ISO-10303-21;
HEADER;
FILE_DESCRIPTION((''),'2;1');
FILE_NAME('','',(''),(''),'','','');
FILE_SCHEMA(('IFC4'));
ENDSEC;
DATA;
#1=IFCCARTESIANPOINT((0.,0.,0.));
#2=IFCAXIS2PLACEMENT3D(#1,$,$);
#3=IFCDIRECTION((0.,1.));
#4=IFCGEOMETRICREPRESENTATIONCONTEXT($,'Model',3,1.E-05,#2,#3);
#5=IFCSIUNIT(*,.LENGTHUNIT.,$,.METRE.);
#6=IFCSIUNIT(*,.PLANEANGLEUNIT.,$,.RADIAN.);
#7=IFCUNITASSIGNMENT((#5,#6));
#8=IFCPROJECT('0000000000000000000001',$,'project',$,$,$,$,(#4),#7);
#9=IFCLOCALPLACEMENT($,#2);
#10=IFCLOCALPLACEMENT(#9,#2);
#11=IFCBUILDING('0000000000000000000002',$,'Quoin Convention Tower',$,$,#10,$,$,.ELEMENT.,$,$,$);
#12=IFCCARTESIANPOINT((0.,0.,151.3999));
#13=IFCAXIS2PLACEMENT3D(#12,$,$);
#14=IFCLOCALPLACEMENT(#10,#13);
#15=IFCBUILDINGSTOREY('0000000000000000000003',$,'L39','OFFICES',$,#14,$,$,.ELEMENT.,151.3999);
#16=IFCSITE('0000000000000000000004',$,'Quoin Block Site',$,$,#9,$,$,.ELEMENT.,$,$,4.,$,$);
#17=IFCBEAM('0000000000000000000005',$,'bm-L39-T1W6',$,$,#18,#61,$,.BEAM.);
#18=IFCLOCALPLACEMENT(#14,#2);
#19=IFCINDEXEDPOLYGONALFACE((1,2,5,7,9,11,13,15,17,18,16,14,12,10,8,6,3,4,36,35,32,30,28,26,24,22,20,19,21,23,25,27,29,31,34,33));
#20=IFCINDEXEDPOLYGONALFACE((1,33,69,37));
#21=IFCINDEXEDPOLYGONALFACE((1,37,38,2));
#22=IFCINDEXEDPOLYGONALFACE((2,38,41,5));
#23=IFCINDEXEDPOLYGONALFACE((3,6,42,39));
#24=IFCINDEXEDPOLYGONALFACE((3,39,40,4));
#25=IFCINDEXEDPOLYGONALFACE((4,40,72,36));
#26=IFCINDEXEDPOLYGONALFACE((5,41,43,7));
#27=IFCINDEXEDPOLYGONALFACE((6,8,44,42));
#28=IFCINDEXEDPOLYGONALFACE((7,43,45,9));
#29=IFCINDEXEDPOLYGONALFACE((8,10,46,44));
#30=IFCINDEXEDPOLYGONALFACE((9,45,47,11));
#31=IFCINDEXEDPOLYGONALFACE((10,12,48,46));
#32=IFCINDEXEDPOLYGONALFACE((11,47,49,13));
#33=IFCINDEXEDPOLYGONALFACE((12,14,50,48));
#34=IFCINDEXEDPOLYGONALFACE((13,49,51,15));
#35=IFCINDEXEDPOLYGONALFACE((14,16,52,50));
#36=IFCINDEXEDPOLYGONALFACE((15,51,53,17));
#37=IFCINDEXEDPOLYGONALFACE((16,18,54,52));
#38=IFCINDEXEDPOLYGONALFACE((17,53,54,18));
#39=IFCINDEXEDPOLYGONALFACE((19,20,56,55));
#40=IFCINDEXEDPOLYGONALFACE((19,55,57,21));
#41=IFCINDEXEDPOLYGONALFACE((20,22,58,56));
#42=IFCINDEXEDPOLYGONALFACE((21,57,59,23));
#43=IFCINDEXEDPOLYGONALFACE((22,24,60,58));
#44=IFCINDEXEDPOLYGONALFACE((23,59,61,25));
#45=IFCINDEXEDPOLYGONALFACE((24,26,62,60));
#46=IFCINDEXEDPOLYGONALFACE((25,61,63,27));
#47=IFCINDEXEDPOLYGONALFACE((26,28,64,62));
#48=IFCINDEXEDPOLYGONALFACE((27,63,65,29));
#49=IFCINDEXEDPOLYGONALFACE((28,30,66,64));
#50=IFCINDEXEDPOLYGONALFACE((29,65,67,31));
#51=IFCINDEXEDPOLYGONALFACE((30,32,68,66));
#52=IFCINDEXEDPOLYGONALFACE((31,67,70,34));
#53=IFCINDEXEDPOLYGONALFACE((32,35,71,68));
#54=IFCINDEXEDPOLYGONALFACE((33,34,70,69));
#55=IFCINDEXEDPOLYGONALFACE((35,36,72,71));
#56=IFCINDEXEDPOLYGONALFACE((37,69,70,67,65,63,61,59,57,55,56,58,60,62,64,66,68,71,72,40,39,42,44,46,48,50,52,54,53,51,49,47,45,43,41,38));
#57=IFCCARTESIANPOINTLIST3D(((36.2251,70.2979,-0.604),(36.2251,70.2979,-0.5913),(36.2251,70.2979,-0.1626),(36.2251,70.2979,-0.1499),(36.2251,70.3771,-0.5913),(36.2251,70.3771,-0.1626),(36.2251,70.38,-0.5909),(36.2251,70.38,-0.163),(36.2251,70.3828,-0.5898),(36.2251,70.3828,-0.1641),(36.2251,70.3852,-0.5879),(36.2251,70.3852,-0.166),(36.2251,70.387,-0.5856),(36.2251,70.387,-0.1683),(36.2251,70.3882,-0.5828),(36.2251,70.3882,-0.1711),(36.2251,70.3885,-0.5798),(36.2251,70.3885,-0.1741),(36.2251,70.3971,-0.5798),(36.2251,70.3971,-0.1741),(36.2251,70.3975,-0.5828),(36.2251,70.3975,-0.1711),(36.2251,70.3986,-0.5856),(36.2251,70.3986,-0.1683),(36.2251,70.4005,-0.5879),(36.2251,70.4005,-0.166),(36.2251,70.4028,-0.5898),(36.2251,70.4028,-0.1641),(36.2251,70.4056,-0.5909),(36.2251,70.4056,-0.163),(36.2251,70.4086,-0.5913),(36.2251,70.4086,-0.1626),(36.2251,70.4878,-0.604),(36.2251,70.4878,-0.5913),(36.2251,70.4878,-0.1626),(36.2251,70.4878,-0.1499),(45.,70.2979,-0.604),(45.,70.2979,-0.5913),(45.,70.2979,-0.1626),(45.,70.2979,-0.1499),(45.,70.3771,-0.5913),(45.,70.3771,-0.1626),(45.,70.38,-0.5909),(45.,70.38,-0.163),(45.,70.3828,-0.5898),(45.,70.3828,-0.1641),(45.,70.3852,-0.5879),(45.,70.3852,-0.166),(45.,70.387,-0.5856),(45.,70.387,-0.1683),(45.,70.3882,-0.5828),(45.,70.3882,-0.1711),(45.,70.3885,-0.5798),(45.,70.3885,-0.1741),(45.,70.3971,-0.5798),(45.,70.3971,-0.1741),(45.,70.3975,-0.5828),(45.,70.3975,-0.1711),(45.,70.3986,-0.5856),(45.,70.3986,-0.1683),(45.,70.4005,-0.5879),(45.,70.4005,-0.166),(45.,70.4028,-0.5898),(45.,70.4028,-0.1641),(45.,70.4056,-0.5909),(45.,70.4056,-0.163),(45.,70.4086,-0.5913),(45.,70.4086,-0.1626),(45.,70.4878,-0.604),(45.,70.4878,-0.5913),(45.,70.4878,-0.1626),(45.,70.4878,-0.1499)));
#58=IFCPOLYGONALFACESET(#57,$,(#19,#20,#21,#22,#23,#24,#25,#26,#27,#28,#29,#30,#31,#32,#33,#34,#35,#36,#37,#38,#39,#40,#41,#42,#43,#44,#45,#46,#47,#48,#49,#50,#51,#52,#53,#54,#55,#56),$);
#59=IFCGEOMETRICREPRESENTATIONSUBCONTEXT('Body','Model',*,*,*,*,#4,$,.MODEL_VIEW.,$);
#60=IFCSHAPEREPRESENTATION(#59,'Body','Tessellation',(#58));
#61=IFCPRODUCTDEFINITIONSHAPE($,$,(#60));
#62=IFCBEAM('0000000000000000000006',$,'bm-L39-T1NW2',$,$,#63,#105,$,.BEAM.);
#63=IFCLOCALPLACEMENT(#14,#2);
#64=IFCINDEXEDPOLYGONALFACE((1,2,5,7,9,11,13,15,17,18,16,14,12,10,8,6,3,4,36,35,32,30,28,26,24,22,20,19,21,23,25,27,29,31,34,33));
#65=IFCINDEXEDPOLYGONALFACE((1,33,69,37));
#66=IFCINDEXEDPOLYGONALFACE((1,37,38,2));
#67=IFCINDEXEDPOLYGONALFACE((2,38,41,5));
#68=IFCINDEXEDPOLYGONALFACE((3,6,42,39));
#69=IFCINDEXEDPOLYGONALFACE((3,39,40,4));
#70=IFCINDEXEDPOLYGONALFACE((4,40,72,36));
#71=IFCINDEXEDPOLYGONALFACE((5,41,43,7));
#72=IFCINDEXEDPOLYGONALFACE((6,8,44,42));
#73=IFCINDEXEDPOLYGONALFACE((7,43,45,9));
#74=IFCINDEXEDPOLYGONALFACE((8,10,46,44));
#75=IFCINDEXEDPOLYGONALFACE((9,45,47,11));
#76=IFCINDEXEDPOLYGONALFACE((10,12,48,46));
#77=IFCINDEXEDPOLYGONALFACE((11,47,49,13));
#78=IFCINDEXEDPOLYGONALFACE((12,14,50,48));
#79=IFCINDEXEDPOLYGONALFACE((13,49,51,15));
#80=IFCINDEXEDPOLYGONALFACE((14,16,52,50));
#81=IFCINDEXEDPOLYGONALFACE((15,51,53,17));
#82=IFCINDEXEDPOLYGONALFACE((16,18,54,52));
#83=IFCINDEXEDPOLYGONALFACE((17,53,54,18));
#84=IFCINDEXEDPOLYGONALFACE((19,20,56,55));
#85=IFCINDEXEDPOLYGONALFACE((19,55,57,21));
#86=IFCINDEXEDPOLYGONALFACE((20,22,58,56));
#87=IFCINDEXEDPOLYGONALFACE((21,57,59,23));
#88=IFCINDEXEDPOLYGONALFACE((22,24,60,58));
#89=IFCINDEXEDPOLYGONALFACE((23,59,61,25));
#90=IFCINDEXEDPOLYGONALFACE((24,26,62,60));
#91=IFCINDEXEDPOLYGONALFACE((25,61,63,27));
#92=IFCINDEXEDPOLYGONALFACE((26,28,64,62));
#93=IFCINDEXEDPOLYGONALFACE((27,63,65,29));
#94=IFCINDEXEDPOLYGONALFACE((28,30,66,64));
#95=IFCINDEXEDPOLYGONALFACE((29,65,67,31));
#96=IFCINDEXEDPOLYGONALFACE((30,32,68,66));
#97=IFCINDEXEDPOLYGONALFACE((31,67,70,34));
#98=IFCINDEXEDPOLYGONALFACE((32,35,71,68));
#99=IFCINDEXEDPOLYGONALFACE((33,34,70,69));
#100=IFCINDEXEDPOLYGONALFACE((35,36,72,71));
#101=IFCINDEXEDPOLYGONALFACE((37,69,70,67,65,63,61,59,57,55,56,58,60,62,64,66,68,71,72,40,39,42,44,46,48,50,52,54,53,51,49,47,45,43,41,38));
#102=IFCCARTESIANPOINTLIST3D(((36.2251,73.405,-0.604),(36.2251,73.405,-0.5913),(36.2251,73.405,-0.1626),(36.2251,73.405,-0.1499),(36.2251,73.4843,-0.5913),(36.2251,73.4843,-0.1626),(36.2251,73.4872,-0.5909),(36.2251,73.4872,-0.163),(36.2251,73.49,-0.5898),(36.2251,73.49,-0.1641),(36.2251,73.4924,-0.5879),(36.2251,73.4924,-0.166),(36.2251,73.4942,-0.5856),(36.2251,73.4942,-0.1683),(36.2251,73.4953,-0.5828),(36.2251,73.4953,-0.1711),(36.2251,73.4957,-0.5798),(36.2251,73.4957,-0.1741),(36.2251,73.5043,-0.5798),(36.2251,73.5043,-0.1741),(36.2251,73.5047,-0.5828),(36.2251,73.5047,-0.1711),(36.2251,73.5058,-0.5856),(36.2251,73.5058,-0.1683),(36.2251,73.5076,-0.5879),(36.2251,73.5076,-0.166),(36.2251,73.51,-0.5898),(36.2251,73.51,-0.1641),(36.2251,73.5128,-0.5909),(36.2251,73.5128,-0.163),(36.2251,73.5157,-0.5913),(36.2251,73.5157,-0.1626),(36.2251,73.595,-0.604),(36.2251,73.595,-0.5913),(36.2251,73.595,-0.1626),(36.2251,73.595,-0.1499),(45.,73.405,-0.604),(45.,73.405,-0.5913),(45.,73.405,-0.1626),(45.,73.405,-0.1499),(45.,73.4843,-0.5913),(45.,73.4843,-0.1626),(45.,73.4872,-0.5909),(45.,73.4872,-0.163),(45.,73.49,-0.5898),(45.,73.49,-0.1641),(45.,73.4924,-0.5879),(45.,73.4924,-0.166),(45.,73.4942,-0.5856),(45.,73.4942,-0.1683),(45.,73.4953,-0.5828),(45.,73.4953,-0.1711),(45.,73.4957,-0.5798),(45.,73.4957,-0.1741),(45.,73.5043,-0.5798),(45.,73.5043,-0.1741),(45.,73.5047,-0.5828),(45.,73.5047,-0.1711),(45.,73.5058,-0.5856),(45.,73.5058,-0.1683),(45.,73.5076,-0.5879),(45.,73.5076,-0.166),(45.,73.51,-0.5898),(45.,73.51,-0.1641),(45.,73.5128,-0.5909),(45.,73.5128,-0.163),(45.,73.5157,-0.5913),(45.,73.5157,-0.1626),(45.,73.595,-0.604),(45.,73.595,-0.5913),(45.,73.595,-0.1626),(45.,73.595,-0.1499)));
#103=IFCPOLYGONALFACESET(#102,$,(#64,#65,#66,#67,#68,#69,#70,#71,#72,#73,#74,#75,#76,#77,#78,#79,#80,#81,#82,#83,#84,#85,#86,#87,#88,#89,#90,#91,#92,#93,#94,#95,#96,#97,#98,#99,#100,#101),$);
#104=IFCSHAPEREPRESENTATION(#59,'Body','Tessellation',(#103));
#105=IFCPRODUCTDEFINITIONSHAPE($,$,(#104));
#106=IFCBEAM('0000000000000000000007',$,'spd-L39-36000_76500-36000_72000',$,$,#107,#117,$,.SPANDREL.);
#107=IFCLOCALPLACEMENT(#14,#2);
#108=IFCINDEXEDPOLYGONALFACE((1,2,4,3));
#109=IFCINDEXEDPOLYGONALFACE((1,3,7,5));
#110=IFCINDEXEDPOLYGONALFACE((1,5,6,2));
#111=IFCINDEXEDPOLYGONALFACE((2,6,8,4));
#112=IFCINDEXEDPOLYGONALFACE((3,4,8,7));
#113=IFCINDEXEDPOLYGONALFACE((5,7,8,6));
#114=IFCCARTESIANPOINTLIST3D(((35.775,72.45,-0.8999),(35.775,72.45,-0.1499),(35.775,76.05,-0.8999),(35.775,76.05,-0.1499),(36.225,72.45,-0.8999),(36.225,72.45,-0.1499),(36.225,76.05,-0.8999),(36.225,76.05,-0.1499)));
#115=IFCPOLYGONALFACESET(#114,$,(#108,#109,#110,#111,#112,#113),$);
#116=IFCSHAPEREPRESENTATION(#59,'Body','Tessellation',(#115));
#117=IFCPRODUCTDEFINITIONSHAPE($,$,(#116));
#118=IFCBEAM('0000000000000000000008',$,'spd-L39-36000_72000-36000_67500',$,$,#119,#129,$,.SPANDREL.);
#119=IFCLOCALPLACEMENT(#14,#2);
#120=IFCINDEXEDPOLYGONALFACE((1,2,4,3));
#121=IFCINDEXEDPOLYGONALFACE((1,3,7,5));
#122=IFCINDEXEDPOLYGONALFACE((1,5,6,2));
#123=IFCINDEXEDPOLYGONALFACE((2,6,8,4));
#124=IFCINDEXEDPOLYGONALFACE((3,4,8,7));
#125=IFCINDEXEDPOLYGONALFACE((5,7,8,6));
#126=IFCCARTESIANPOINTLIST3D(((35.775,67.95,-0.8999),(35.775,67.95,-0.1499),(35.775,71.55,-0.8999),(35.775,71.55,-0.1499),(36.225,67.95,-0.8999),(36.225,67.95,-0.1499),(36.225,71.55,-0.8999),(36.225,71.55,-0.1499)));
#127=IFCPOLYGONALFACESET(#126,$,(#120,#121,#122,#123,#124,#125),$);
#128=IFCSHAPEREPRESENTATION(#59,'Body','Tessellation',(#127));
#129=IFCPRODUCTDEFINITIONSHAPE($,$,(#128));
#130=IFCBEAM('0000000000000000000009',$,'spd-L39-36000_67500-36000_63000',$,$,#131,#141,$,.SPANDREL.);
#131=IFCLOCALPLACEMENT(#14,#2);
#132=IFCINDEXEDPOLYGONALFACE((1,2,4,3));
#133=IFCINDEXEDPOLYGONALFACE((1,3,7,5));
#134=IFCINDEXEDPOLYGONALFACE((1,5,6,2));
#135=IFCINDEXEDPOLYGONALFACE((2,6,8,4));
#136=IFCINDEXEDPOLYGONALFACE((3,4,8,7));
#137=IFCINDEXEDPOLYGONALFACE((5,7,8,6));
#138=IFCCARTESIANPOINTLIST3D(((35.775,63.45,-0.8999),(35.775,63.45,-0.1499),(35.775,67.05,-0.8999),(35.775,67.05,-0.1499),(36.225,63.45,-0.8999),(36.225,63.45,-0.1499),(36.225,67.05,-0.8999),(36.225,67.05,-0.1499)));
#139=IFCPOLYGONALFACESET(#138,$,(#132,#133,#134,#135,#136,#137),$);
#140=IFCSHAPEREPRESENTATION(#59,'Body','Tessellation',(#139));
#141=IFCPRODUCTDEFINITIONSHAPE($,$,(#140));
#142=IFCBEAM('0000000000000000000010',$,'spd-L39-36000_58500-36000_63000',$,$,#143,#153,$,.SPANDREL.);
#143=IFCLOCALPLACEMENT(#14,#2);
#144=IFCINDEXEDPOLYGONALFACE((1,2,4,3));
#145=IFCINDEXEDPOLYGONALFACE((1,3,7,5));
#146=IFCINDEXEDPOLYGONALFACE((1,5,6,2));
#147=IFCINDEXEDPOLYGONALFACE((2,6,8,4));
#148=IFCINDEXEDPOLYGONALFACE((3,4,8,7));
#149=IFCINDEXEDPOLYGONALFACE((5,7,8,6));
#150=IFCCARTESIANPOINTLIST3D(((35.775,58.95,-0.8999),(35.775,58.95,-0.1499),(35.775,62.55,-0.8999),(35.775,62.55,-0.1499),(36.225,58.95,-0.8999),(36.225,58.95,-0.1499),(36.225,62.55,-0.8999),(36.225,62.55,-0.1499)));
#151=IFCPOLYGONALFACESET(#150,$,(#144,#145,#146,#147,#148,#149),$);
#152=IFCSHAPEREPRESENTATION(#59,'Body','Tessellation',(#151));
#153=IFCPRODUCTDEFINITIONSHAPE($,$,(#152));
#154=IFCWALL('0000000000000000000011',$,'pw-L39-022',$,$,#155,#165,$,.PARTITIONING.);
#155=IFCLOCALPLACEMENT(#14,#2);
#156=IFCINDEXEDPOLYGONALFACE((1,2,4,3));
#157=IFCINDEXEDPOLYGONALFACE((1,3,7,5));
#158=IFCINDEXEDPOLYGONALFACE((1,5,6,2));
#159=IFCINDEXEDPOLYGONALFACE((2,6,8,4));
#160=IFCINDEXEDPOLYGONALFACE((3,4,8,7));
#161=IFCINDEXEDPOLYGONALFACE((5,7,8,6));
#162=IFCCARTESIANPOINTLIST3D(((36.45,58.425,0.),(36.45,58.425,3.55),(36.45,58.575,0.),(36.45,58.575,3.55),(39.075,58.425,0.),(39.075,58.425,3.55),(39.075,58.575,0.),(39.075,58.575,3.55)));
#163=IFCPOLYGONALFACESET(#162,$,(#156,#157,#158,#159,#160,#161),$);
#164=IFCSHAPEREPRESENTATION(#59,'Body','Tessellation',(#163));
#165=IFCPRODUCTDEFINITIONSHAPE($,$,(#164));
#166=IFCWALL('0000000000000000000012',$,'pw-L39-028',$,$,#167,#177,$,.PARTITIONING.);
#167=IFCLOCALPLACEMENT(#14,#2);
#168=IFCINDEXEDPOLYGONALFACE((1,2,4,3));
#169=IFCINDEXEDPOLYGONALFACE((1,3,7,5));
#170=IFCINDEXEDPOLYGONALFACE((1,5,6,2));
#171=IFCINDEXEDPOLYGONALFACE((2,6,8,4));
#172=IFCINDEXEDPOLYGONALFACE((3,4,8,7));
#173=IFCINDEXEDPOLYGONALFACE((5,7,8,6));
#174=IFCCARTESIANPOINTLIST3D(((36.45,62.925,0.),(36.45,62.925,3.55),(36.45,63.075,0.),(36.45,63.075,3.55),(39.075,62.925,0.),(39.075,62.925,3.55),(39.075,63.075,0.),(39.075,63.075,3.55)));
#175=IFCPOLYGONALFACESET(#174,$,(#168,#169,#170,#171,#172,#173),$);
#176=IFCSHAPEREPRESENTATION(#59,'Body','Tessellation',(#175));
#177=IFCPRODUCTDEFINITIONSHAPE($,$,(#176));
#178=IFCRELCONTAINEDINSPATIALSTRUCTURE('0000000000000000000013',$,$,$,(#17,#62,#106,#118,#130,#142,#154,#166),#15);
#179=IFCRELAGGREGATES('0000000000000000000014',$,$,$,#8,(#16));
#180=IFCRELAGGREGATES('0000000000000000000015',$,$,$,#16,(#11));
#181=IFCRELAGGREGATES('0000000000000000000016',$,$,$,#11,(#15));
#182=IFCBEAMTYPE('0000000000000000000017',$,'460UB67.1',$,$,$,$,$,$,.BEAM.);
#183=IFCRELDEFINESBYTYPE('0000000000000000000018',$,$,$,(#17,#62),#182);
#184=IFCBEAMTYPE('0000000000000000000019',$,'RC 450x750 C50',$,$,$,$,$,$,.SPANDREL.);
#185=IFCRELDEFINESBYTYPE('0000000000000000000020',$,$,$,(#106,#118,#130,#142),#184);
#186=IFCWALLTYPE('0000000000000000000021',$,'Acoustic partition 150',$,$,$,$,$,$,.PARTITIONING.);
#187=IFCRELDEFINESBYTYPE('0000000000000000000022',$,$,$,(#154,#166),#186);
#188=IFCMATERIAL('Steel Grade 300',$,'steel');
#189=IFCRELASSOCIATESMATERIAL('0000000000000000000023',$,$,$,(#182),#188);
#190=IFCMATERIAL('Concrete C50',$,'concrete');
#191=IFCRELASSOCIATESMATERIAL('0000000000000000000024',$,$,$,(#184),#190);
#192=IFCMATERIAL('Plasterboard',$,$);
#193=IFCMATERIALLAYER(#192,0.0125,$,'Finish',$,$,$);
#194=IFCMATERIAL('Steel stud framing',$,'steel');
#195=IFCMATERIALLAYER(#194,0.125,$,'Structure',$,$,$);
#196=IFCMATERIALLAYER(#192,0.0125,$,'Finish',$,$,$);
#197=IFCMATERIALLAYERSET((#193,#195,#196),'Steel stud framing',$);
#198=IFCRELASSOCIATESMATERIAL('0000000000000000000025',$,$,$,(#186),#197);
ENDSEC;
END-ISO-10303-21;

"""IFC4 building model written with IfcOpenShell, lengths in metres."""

from ifc_helpers import new_model, si_unit, direction, frame, frame_2d, origin, origin_2d, place, context, subcontext, project, spatial, rectangle, i_section, extrude, material, layer, layer_set, material_profile, profile_set, type_object, element, save


model = new_model("IFC4")

# Units and contexts
model_context = context("Model", 3, precision=1e-05, world=origin(), true_north=direction((0.0, 1.0)))
body_context = subcontext(model_context, "Body", "Model", "MODEL_VIEW")
ifc_project = project(units=[si_unit("LENGTHUNIT", "METRE"), si_unit("PLANEANGLEUNIT", "RADIAN")], contexts=[model_context])

# Site, building, storey
site_placement = place(None, origin())
site = spatial("IfcSite", under=ifc_project, at=site_placement, Name="Quoin Block Site", CompositionType="ELEMENT", RefElevation=4.0)
building_placement = place(site_placement, origin())
building = spatial("IfcBuilding", under=site, at=building_placement, Name="Quoin Convention Tower", CompositionType="ELEMENT")
storey_placement = place(building_placement, frame((0.0, 0.0, 151.3999)))
storey = spatial("IfcBuildingStorey", under=building, at=storey_placement, Name="L39", Description="OFFICES", CompositionType="ELEMENT", Elevation=151.3999)

# Shared definitions
ifc_material_1 = material(Name="Concrete C50", Category="concrete")

# Beams
ifc_material_2 = material(Name="Steel Grade 300", Category="steel")
ifc_material_profile_1 = material_profile(ifc_material_2, i_section(OverallWidth=0.1899, OverallDepth=0.4541, WebThickness=0.0085, FlangeThickness=0.0127, FilletRadius=0.0115, at=origin_2d()), Name="460UB67.1")
ifc_profile_set_1 = profile_set([ifc_material_profile_1], Name="Steel Grade 300")
beam_type_1 = type_object("IfcBeamType", Name="460UB67.1", PredefinedType="BEAM", material=ifc_profile_set_1)
for number, where, z_axis, x_axis, name in (
    (1, (36.2251, 70.3928, -0.377), (1.0, 0.0, 0.0), (0.0, 1.0, 0.0), "bm-L39-T1W6"),
    (2, (36.2251, 73.5, -0.377), (1.0, 0.0, 0.0), (0.0, 1.0, 0.0), "bm-L39-T1NW2"),
):
    element("IfcBeam", number, at=place(storey_placement, frame(where, z_axis=z_axis, x_axis=x_axis)), inside=storey, type_object=beam_type_1, Name=name, PredefinedType="BEAM", context=body_context, shape_type="SweptSolid", body=[
        extrude(i_section(OverallWidth=0.1899, OverallDepth=0.4541, WebThickness=0.0085, FlangeThickness=0.0127, FilletRadius=0.0115, at=origin_2d()), origin(), (0.0, 0.0, 1.0), 8.7749),
    ])
ifc_material_profile_2 = material_profile(ifc_material_1, rectangle(XDim=0.45, YDim=0.75, at=origin_2d()), Name="RC 450x750")
ifc_profile_set_2 = profile_set([ifc_material_profile_2], Name="Concrete C50")
beam_type_2 = type_object("IfcBeamType", Name="RC 450x750 C50", PredefinedType="SPANDREL", material=ifc_profile_set_2)
for number, where, z_axis, x_axis, name in (
    (3, (36.0, 76.05, -0.5249), (0.0, -1.0, 0.0), (1.0, 0.0, 0.0), "spd-L39-36000_76500-36000_72000"),
    (4, (36.0, 71.55, -0.5249), (0.0, -1.0, 0.0), (1.0, 0.0, 0.0), "spd-L39-36000_72000-36000_67500"),
    (5, (36.0, 67.05, -0.5249), (0.0, -1.0, 0.0), (1.0, 0.0, 0.0), "spd-L39-36000_67500-36000_63000"),
    (6, (36.0, 58.95, -0.5249), (0.0, 1.0, 0.0), (-1.0, 0.0, 0.0), "spd-L39-36000_58500-36000_63000"),
):
    element("IfcBeam", number, at=place(storey_placement, frame(where, z_axis=z_axis, x_axis=x_axis)), inside=storey, type_object=beam_type_2, Name=name, PredefinedType="SPANDREL", context=body_context, shape_type="SweptSolid", body=[
        extrude(rectangle(XDim=0.45, YDim=0.75, at=origin_2d()), origin(), (0.0, 0.0, 1.0), 3.6001),
    ])

# Walls
ifc_material_3 = material(Name="Plasterboard")
ifc_layer_1 = layer(ifc_material_3, 0.0125, Name="Finish")
ifc_material_4 = material(Name="Steel stud framing", Category="steel")
ifc_layer_2 = layer(ifc_material_4, 0.125, Name="Structure")
ifc_layer_3 = layer(ifc_material_3, 0.0125, Name="Finish")
ifc_layer_set_1 = layer_set([ifc_layer_1, ifc_layer_2, ifc_layer_3], Name="Steel stud framing")
wall_type_1 = type_object("IfcWallType", Name="Acoustic partition 150", PredefinedType="PARTITIONING", material=ifc_layer_set_1)
for number, where, z_axis, x_axis, name in (
    (7, (36.45, 58.5, 0.0), (0.0, 0.0, 1.0), (1.0, 0.0, 0.0), "pw-L39-022"),
    (8, (36.45, 63.0, 0.0), (0.0, 0.0, 1.0), (1.0, 0.0, 0.0), "pw-L39-028"),
):
    element("IfcWall", number, at=place(storey_placement, frame(where, z_axis=z_axis, x_axis=x_axis)), inside=storey, type_object=wall_type_1, Name=name, PredefinedType="PARTITIONING", context=body_context, shape_type="SweptSolid", body=[
        extrude(rectangle(XDim=2.625, YDim=0.1499, at=frame_2d((1.3125, 0.0))), origin(), (0.0, 0.0, 1.0), 3.55),
    ])

save(model, "model.ifc")
